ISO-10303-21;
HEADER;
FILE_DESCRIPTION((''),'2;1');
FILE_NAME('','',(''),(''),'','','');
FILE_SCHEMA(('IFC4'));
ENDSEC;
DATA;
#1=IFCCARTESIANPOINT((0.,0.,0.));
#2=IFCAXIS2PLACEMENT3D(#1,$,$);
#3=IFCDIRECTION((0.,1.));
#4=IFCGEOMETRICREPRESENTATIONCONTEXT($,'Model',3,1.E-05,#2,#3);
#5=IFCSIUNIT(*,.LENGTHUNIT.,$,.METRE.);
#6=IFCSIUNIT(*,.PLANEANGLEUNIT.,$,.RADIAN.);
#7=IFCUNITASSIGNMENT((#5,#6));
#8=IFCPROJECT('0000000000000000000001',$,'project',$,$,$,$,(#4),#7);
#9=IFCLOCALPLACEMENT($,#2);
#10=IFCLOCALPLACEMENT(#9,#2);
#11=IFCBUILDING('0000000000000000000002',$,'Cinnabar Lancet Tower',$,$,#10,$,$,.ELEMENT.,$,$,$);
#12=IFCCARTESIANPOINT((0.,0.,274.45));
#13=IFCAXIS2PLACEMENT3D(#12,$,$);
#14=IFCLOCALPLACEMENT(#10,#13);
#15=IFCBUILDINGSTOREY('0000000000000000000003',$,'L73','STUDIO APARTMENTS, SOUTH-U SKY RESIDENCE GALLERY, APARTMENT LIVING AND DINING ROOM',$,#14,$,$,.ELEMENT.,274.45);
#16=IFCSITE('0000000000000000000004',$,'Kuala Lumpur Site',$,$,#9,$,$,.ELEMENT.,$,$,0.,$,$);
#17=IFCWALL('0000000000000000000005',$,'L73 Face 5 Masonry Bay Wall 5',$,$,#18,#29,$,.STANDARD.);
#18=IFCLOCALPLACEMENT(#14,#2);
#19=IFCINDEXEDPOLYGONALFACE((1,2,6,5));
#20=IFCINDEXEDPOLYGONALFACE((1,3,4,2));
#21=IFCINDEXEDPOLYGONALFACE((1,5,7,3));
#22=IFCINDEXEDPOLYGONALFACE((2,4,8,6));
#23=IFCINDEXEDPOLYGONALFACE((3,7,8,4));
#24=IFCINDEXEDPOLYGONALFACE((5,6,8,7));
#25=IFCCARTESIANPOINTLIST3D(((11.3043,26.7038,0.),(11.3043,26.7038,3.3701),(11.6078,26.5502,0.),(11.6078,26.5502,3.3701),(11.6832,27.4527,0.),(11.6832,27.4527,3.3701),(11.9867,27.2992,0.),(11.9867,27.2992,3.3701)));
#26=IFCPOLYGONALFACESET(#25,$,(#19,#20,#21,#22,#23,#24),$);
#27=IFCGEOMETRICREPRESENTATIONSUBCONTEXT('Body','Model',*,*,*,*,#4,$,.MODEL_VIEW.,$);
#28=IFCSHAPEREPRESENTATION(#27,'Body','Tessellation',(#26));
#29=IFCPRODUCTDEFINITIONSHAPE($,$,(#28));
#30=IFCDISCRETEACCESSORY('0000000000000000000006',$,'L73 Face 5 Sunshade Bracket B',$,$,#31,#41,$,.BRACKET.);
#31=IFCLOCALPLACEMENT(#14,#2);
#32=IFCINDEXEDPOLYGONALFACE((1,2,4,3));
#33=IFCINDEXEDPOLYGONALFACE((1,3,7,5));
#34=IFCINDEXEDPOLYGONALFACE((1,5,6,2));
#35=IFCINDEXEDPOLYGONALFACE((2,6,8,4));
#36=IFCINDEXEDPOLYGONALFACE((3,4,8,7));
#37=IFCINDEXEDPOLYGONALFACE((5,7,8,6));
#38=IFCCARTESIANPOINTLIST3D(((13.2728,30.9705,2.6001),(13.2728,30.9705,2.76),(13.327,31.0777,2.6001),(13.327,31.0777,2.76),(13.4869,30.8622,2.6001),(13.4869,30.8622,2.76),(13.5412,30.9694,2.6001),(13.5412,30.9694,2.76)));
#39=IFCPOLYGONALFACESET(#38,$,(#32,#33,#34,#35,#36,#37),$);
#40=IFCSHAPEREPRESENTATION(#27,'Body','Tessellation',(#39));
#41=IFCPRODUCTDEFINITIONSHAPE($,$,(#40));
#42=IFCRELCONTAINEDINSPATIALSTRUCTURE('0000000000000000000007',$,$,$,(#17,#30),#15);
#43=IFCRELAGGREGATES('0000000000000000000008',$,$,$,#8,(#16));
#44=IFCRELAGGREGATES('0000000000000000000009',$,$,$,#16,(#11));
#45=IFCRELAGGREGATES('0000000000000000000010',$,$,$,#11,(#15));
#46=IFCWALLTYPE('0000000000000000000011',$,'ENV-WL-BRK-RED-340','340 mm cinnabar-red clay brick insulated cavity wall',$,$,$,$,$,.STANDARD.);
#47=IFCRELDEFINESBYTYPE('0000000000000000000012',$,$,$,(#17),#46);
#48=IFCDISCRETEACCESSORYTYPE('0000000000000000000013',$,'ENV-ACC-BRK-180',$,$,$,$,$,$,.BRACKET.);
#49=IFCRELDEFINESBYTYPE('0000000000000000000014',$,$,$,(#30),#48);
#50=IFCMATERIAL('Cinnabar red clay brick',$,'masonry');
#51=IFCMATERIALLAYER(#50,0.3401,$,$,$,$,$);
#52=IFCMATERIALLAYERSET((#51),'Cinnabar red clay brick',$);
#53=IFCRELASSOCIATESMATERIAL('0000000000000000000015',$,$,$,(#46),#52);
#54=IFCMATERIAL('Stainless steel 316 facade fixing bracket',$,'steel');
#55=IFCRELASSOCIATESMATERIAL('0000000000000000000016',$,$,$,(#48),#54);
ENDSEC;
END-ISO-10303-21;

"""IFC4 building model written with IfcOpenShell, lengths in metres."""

from ifc_helpers import new_model, si_unit, direction, frame, frame_2d, origin, origin_2d, place, context, subcontext, project, spatial, rectangle, extrude, material, layer, layer_set, type_object, element, save


model = new_model("IFC4")

# Units and contexts
model_context = context("Model", 3, precision=1e-05, world=origin(), true_north=direction((0.0, 1.0)))
body_context = subcontext(model_context, "Body", "Model", "MODEL_VIEW")
ifc_project = project(units=[si_unit("LENGTHUNIT", "METRE"), si_unit("PLANEANGLEUNIT", "RADIAN")], contexts=[model_context])

# Site, building, storey
site_placement = place(None, origin())
site = spatial("IfcSite", under=ifc_project, at=site_placement, Name="Kuala Lumpur Site", CompositionType="ELEMENT", RefElevation=0.0)
building_placement = place(site_placement, origin())
building = spatial("IfcBuilding", under=site, at=building_placement, Name="Cinnabar Lancet Tower", CompositionType="ELEMENT")
storey_placement = place(building_placement, frame((0.0, 0.0, 274.45)))
storey = spatial("IfcBuildingStorey", under=building, at=storey_placement, Name="L73", Description="STUDIO APARTMENTS, SOUTH-U SKY RESIDENCE GALLERY, APARTMENT LIVING AND DINING ROOM", CompositionType="ELEMENT", Elevation=274.45)

# Shared definitions
ifc_material_1 = material(Name="Cinnabar red clay brick", Category="masonry")
ifc_layer_1 = layer(ifc_material_1, 0.3401)
ifc_layer_set_1 = layer_set([ifc_layer_1], Name="Cinnabar red clay brick")
wall_type_1 = type_object("IfcWallType", Name="ENV-WL-BRK-RED-340", Description="340 mm cinnabar-red clay brick insulated cavity wall", PredefinedType="STANDARD", material=ifc_layer_set_1)

# Wall
wall_1_placement = place(storey_placement, frame((11.835, 27.376, 0.0), z_axis=(0.0, 0.0, 1.0), x_axis=(-0.451397, -0.892323, 0.0)))
element("IfcWall", 1, at=wall_1_placement, inside=storey, type_object=wall_type_1, Name="L73 Face 5 Masonry Bay Wall 5", PredefinedType="STANDARD", context=body_context, shape_type="SweptSolid", body=[
    extrude(rectangle(XDim=0.8394, YDim=0.3401, at=frame_2d((0.4197, 0.0))), origin(), (0.0, 0.0, 1.0), 3.3701),
])

# Discrete accessory
ifc_material_2 = material(Name="Stainless steel 316 facade fixing bracket", Category="steel")
discrete_accessory_type = type_object("IfcDiscreteAccessoryType", Name="ENV-ACC-BRK-180", PredefinedType="BRACKET", material=ifc_material_2)
discrete_accessory_placement = place(storey_placement, frame((13.407, 30.97, 2.6001), z_axis=(0.0, 0.0, 1.0), x_axis=(-0.451376, -0.892334, 0.0)))
element("IfcDiscreteAccessory", 2, at=discrete_accessory_placement, inside=storey, type_object=discrete_accessory_type, Name="L73 Face 5 Sunshade Bracket B", PredefinedType="BRACKET", context=body_context, shape_type="SweptSolid", body=[
    extrude(rectangle(XDim=0.1201, YDim=0.24, at=origin_2d()), origin(), (0.0, 0.0, 1.0), 0.1599),
])

save(model, "model.ifc")
